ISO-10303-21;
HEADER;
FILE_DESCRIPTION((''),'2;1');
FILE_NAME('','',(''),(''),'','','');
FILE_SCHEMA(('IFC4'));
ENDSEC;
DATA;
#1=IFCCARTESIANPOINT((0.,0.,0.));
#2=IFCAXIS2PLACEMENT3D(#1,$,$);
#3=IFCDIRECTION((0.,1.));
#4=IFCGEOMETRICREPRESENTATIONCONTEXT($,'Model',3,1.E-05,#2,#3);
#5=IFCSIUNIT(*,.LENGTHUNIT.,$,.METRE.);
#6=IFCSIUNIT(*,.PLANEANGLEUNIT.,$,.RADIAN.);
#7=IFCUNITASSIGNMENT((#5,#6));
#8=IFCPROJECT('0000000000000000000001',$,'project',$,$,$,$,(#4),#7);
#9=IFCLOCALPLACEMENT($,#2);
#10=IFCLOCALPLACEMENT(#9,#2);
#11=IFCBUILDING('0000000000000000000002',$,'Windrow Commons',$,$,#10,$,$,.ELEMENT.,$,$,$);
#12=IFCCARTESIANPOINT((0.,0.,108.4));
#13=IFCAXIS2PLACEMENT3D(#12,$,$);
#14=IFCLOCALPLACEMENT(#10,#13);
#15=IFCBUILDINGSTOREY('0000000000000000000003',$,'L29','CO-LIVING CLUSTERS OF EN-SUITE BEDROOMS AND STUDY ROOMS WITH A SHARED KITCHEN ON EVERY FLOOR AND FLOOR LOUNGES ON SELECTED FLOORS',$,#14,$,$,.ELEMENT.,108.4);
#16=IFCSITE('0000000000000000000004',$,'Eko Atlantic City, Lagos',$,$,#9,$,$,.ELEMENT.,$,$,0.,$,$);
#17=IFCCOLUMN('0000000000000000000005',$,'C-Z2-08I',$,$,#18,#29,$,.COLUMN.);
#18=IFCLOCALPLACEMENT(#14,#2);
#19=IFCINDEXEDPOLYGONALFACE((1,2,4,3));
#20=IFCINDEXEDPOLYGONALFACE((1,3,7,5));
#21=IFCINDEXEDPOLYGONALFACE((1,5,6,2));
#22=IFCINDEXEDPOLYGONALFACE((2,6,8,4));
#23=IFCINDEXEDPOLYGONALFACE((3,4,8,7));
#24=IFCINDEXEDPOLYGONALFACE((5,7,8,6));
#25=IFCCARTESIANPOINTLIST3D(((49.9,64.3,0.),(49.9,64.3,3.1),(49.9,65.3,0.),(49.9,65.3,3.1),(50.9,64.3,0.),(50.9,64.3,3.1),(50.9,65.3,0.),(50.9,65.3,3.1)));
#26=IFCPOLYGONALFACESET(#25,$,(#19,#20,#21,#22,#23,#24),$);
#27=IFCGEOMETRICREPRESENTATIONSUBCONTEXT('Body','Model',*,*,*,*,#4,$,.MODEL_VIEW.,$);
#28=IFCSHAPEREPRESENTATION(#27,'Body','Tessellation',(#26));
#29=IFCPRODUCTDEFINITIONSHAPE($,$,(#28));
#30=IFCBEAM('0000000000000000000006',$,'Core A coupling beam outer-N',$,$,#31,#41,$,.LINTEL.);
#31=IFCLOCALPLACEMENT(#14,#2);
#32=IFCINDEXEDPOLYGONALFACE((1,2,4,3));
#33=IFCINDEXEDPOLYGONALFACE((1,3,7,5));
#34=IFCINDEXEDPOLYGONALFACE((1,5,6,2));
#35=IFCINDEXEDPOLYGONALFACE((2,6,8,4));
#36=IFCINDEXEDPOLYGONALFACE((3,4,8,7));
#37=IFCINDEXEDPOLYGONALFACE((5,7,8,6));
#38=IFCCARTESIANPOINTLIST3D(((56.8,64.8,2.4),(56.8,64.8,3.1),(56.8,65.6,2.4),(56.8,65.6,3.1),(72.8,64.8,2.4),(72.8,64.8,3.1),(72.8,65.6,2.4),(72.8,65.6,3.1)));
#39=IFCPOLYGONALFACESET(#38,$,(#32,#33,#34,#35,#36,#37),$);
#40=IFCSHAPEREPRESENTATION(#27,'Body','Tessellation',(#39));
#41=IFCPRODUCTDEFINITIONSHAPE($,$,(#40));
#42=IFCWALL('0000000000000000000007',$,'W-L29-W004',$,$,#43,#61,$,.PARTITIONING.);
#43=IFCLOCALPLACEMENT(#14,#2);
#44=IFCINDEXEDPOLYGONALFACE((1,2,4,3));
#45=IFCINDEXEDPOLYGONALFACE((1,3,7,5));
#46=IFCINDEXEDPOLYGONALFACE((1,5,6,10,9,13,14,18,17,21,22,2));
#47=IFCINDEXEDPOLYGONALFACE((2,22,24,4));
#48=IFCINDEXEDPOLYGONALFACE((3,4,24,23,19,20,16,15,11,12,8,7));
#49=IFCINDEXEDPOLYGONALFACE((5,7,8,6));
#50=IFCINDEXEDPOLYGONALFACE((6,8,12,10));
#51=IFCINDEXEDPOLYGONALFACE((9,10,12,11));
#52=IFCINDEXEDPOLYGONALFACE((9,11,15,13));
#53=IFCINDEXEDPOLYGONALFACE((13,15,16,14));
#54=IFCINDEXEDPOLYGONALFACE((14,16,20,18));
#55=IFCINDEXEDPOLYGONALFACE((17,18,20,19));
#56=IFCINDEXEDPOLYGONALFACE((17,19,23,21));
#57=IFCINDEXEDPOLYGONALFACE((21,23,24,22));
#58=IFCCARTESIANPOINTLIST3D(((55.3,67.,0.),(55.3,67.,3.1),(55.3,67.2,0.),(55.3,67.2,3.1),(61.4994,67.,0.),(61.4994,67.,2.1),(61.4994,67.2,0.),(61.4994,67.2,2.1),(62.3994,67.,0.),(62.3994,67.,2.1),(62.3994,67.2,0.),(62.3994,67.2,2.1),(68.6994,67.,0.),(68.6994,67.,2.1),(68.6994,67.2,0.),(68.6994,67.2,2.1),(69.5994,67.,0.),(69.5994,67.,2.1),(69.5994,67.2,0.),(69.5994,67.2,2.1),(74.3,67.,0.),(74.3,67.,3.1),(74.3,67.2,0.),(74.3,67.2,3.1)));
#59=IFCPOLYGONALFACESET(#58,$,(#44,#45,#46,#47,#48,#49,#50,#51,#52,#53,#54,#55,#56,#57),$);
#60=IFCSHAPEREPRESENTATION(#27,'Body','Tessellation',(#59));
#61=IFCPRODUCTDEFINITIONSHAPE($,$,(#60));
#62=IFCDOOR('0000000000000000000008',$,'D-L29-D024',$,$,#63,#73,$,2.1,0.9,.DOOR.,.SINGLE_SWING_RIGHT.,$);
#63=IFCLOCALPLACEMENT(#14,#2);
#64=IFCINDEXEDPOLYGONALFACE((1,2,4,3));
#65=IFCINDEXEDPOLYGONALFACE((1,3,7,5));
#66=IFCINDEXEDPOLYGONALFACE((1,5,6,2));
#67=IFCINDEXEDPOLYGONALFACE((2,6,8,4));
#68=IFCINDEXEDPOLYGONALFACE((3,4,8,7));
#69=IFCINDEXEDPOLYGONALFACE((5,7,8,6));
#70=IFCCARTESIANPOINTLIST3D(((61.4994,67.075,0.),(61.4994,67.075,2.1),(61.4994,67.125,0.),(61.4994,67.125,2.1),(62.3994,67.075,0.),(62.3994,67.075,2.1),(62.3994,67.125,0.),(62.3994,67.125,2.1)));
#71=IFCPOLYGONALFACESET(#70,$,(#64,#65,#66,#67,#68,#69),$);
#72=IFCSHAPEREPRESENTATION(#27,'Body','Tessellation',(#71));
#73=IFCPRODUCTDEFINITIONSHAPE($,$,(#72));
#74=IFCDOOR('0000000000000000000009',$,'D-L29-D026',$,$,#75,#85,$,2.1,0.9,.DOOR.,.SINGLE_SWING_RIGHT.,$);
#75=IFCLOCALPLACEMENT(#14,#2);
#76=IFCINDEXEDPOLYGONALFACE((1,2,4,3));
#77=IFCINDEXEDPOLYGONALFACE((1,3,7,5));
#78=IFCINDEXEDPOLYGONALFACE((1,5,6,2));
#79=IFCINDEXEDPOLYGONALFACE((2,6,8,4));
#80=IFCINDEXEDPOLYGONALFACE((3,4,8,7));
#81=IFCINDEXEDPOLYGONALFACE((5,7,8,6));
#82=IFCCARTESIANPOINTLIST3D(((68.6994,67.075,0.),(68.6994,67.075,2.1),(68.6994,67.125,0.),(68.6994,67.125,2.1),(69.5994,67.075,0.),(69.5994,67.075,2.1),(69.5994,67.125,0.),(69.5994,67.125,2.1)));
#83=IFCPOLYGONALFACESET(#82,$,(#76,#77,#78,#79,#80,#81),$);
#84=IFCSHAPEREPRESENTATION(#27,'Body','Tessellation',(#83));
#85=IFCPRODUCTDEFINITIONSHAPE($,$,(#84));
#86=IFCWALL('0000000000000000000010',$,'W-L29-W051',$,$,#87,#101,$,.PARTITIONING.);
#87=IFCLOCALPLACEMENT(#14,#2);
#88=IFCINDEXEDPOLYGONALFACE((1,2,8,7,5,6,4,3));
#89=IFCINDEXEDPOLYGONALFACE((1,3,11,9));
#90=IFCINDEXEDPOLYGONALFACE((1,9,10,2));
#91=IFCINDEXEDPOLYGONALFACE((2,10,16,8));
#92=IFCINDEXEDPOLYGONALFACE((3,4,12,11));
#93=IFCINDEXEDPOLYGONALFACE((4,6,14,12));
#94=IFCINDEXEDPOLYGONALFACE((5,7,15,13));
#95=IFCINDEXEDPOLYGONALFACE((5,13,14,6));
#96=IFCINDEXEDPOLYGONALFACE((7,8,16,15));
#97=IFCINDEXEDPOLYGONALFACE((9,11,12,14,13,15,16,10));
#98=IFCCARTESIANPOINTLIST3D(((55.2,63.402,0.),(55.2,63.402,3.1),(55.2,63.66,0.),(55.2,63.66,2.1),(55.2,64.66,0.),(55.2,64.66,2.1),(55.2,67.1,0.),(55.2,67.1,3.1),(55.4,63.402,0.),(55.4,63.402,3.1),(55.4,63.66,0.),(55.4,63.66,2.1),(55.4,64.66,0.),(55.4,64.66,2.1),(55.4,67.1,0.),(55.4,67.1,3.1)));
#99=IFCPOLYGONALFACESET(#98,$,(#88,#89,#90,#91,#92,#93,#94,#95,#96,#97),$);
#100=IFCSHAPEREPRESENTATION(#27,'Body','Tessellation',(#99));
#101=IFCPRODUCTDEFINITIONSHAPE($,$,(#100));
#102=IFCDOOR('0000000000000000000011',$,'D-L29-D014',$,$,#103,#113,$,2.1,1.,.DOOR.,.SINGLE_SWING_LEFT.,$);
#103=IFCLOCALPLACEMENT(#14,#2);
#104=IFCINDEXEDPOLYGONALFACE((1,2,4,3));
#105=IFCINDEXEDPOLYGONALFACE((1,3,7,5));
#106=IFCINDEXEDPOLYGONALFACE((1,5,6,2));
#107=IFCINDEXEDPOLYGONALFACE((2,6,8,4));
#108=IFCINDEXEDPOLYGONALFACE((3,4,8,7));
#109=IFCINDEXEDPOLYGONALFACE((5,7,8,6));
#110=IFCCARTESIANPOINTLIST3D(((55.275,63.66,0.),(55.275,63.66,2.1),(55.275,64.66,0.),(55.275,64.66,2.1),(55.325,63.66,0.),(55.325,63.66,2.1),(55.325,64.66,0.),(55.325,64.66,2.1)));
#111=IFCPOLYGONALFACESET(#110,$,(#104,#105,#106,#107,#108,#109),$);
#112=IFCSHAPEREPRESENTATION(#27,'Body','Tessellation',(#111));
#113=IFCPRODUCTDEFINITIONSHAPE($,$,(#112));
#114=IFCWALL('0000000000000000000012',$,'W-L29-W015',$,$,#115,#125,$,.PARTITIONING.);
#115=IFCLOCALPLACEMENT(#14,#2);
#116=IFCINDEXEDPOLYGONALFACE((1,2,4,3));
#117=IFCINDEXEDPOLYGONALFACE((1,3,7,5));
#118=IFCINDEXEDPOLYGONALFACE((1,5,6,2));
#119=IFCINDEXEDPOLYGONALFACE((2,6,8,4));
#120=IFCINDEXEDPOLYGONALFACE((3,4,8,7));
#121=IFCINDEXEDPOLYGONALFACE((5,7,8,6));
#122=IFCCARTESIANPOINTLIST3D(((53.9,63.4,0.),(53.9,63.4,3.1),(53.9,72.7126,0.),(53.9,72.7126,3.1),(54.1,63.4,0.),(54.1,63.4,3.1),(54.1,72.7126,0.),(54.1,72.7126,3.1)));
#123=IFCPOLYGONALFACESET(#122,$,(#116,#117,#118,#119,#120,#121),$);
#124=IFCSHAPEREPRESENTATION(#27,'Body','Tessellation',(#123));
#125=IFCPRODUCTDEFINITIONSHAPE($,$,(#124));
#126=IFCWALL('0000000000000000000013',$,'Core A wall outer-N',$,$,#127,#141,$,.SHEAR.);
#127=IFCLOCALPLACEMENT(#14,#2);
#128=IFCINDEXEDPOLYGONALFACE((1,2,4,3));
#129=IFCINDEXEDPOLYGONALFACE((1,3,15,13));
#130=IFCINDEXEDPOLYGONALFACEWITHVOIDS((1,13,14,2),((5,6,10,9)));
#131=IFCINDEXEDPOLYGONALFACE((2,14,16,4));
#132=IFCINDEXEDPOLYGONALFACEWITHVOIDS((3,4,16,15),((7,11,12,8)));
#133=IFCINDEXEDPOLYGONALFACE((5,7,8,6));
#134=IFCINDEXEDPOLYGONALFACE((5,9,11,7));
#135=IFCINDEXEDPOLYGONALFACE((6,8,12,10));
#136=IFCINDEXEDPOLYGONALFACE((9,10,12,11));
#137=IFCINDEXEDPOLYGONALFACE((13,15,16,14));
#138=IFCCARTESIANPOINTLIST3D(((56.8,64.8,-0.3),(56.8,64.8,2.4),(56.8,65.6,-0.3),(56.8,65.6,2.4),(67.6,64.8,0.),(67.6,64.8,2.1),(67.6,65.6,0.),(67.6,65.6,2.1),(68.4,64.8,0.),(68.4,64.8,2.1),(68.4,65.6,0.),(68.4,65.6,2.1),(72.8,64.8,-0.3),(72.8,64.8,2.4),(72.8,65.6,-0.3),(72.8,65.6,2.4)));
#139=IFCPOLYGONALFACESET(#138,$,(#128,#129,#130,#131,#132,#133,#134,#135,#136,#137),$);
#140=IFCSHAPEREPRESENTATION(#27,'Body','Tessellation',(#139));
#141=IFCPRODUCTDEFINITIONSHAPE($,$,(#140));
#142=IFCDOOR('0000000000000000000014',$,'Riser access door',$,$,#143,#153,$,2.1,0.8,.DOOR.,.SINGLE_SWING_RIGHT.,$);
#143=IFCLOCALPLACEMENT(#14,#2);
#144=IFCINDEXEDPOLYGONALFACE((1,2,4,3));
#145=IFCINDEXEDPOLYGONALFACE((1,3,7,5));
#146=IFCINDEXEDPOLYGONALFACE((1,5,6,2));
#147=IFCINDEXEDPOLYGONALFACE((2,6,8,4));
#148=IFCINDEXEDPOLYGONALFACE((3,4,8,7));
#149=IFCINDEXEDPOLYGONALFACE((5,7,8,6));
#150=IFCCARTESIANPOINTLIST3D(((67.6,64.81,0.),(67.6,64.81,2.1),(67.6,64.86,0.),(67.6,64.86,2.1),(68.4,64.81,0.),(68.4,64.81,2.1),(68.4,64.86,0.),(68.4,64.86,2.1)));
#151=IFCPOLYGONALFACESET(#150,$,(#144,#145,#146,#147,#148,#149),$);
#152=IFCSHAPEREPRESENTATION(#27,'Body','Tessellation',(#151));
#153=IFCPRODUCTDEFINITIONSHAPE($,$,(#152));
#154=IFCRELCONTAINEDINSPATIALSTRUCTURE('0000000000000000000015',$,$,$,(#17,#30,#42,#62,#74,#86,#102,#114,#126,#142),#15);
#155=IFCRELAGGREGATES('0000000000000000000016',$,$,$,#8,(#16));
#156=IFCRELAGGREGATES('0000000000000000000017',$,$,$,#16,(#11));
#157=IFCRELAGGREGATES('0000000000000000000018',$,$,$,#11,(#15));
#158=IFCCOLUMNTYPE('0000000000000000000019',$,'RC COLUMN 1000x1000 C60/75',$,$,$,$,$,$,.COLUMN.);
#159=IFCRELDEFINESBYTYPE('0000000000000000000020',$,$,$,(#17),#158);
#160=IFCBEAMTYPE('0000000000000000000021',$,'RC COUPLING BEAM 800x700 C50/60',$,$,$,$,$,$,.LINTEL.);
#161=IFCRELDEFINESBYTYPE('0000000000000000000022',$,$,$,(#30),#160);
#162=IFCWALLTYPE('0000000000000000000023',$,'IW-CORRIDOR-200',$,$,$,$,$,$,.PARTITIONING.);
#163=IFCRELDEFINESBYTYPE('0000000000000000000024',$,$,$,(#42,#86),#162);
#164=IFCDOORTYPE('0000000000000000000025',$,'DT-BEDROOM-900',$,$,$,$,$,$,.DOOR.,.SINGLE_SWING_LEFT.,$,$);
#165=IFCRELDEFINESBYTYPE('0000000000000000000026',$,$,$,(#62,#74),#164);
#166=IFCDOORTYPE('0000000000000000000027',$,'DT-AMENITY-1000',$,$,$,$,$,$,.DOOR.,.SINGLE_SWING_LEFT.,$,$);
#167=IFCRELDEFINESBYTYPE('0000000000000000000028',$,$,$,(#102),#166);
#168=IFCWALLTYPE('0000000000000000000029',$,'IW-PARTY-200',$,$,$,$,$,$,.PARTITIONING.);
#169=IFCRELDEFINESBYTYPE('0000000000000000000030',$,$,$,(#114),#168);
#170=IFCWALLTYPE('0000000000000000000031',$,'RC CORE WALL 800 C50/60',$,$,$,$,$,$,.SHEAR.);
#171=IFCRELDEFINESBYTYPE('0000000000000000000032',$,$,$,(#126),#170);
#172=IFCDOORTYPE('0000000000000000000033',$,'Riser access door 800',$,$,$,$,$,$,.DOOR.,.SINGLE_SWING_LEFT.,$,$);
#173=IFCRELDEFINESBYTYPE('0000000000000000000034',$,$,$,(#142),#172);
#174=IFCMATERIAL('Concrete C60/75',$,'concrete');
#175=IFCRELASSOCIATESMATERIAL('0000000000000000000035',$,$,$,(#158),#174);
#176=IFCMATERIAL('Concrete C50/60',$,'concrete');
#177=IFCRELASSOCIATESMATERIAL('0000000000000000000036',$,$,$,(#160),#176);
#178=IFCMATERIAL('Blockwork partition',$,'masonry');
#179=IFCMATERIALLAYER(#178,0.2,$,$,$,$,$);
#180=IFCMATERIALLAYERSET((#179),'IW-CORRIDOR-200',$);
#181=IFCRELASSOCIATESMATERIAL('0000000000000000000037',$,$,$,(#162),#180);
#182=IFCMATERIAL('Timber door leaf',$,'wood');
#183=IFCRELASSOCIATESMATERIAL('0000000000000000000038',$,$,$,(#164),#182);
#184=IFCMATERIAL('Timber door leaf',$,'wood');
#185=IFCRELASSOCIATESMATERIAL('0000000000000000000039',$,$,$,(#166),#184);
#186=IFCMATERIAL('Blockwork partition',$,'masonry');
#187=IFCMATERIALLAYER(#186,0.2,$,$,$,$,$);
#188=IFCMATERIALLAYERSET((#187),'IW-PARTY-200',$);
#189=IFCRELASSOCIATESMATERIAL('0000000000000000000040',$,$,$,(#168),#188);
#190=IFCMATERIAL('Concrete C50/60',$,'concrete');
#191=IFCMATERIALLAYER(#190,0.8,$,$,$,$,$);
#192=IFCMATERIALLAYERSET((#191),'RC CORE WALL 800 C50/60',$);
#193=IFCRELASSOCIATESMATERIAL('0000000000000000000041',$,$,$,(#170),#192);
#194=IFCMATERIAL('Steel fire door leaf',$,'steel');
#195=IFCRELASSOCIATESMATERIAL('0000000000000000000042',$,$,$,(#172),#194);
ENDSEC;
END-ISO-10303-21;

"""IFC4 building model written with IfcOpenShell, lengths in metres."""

from ifc_helpers import new_model, si_unit, direction, frame, frame_2d, origin, origin_2d, place, context, subcontext, project, spatial, rectangle, extrude, material, layer, layer_set, material_profile, profile_set, type_object, element, fill, save


model = new_model("IFC4")

# Units and contexts
model_context = context("Model", 3, precision=1e-05, world=origin(), true_north=direction((0.0, 1.0)))
body_context = subcontext(model_context, "Body", "Model", "MODEL_VIEW")
ifc_project = project(units=[si_unit("LENGTHUNIT", "METRE"), si_unit("PLANEANGLEUNIT", "RADIAN")], contexts=[model_context])

# Site, building, storey
site_placement = place(None, origin())
site = spatial("IfcSite", under=ifc_project, at=site_placement, Name="Eko Atlantic City, Lagos", CompositionType="ELEMENT", RefElevation=0.0)
building_placement = place(site_placement, origin())
building = spatial("IfcBuilding", under=site, at=building_placement, Name="Windrow Commons", CompositionType="ELEMENT")
storey_placement = place(building_placement, frame((0.0, 0.0, 108.4)))
storey = spatial("IfcBuildingStorey", under=building, at=storey_placement, Name="L29", Description="CO-LIVING CLUSTERS OF EN-SUITE BEDROOMS AND STUDY ROOMS WITH A SHARED KITCHEN ON EVERY FLOOR AND FLOOR LOUNGES ON SELECTED FLOORS", CompositionType="ELEMENT", Elevation=108.4)

# Column
ifc_material_1 = material(Name="Concrete C60/75", Category="concrete")
ifc_material_profile_1 = material_profile(ifc_material_1, rectangle(XDim=1.0, YDim=1.0, at=origin_2d()))
ifc_profile_set_1 = profile_set([ifc_material_profile_1], Name="Concrete C60/75")
column_type = type_object("IfcColumnType", Name="RC COLUMN 1000x1000 C60/75", PredefinedType="COLUMN", material=ifc_profile_set_1)
column_placement = place(storey_placement, frame((50.4, 64.8, 0.0), z_axis=(0.0, 0.0, 1.0), x_axis=(1.0, 0.0, 0.0)))
element("IfcColumn", 1, at=column_placement, inside=storey, type_object=column_type, Name="C-Z2-08I", PredefinedType="COLUMN", context=body_context, shape_type="SweptSolid", body=[
    extrude(rectangle(XDim=1.0, YDim=1.0, at=origin_2d()), origin(), (0.0, 0.0, 1.0), 3.1),
])

# Beam
ifc_material_2 = material(Name="Concrete C50/60", Category="concrete")
ifc_material_profile_2 = material_profile(ifc_material_2, rectangle(XDim=0.8, YDim=0.7, at=origin_2d()))
ifc_profile_set_2 = profile_set([ifc_material_profile_2], Name="Concrete C50/60")
beam_type = type_object("IfcBeamType", Name="RC COUPLING BEAM 800x700 C50/60", PredefinedType="LINTEL", material=ifc_profile_set_2)
beam_placement = place(storey_placement, frame((56.8, 65.2, 2.75), z_axis=(1.0, 0.0, 0.0), x_axis=(0.0, 1.0, 0.0)))
element("IfcBeam", 2, at=beam_placement, inside=storey, type_object=beam_type, Name="Core A coupling beam outer-N", PredefinedType="LINTEL", context=body_context, shape_type="SweptSolid", body=[
    extrude(rectangle(XDim=0.8, YDim=0.7, at=origin_2d()), origin(), (0.0, 0.0, 1.0), 16.0),
])

# Wall, openings, doors
ifc_material_3 = material(Name="Blockwork partition", Category="masonry")
ifc_layer_1 = layer(ifc_material_3, 0.2)
ifc_layer_set_1 = layer_set([ifc_layer_1], Name="IW-CORRIDOR-200")
wall_type_1 = type_object("IfcWallType", Name="IW-CORRIDOR-200", PredefinedType="PARTITIONING", material=ifc_layer_set_1)
wall_1_placement = place(storey_placement, frame((55.3, 67.1, 0.0), z_axis=(0.0, 0.0, 1.0), x_axis=(1.0, 0.0, 0.0)))
wall_1 = element("IfcWall", 3, at=wall_1_placement, inside=storey, type_object=wall_type_1, Name="W-L29-W004", PredefinedType="PARTITIONING", context=body_context, shape_type="SweptSolid", body=[
    extrude(rectangle(XDim=19.0, YDim=0.2, at=frame_2d((9.5, 0.0))), origin(), (0.0, 0.0, 1.0), 3.1),
])
opening_1_placement = place(wall_1_placement, frame((6.1994, 0.0, 0.0)))
opening_1 = element("IfcOpeningElement", 4, at=opening_1_placement, cuts=wall_1, PredefinedType="OPENING", context=body_context, shape_type="SweptSolid", body=[
    extrude(rectangle(XDim=0.9, YDim=2.1, at=frame_2d((0.45, 1.05))), frame((0.0, 0.11, 0.0), z_axis=(0.0, -1.0, 0.0), x_axis=(1.0, 0.0, 0.0)), (0.0, 0.0, 1.0), 0.22),
])
opening_2_placement = place(wall_1_placement, frame((13.3994, 0.0, 0.0)))
opening_2 = element("IfcOpeningElement", 5, at=opening_2_placement, cuts=wall_1, PredefinedType="OPENING", context=body_context, shape_type="SweptSolid", body=[
    extrude(rectangle(XDim=0.9, YDim=2.1, at=frame_2d((0.45, 1.05))), frame((0.0, 0.11, 0.0), z_axis=(0.0, -1.0, 0.0), x_axis=(1.0, 0.0, 0.0)), (0.0, 0.0, 1.0), 0.22),
])
ifc_material_4 = material(Name="Timber door leaf", Category="wood")
door_type_1 = type_object("IfcDoorType", Name="DT-BEDROOM-900", OperationType="SINGLE_SWING_LEFT", PredefinedType="DOOR", material=ifc_material_4)
door_1_placement = place(opening_1_placement, origin())
door_1 = element("IfcDoor", 6, at=door_1_placement, inside=storey, type_object=door_type_1, Name="D-L29-D024", OperationType="SINGLE_SWING_RIGHT", OverallHeight=2.1, OverallWidth=0.9, PredefinedType="DOOR", context=body_context, shape_type="SweptSolid", body=[
    extrude(rectangle(XDim=0.9, YDim=2.1, at=frame_2d((0.45, 1.05))), frame((0.0, 0.025, 0.0), z_axis=(0.0, -1.0, 0.0), x_axis=(1.0, 0.0, 0.0)), (0.0, 0.0, 1.0), 0.05),
])
fill(opening_1, door_1)
door_2_placement = place(opening_2_placement, origin())
door_2 = element("IfcDoor", 7, at=door_2_placement, inside=storey, type_object=door_type_1, Name="D-L29-D026", OperationType="SINGLE_SWING_RIGHT", OverallHeight=2.1, OverallWidth=0.9, PredefinedType="DOOR", context=body_context, shape_type="SweptSolid", body=[
    extrude(rectangle(XDim=0.9, YDim=2.1, at=frame_2d((0.45, 1.05))), frame((0.0, 0.025, 0.0), z_axis=(0.0, -1.0, 0.0), x_axis=(1.0, 0.0, 0.0)), (0.0, 0.0, 1.0), 0.05),
])
fill(opening_2, door_2)

# Wall, opening, door
wall_2_placement = place(storey_placement, frame((55.3, 63.402, 0.0), z_axis=(0.0, 0.0, 1.0), x_axis=(0.0, 1.0, 0.0)))
wall_2 = element("IfcWall", 8, at=wall_2_placement, inside=storey, type_object=wall_type_1, Name="W-L29-W051", PredefinedType="PARTITIONING", context=body_context, shape_type="SweptSolid", body=[
    extrude(rectangle(XDim=3.698, YDim=0.2, at=frame_2d((1.849, 0.0))), origin(), (0.0, 0.0, 1.0), 3.1),
])
opening_3_placement = place(wall_2_placement, frame((0.258, 0.0, 0.0)))
opening_3 = element("IfcOpeningElement", 9, at=opening_3_placement, cuts=wall_2, PredefinedType="OPENING", context=body_context, shape_type="SweptSolid", body=[
    extrude(rectangle(XDim=1.0, YDim=2.1, at=frame_2d((0.5, 1.05))), frame((0.0, 0.11, 0.0), z_axis=(0.0, -1.0, 0.0), x_axis=(1.0, 0.0, 0.0)), (0.0, 0.0, 1.0), 0.22),
])
ifc_material_5 = material(Name="Timber door leaf", Category="wood")
door_type_2 = type_object("IfcDoorType", Name="DT-AMENITY-1000", OperationType="SINGLE_SWING_LEFT", PredefinedType="DOOR", material=ifc_material_5)
door_3_placement = place(opening_3_placement, origin())
door_3 = element("IfcDoor", 10, at=door_3_placement, inside=storey, type_object=door_type_2, Name="D-L29-D014", OperationType="SINGLE_SWING_LEFT", OverallHeight=2.1, OverallWidth=1.0, PredefinedType="DOOR", context=body_context, shape_type="SweptSolid", body=[
    extrude(rectangle(XDim=1.0, YDim=2.1, at=frame_2d((0.5, 1.05))), frame((0.0, 0.025, 0.0), z_axis=(0.0, -1.0, 0.0), x_axis=(1.0, 0.0, 0.0)), (0.0, 0.0, 1.0), 0.05),
])
fill(opening_3, door_3)

# Wall
ifc_material_6 = material(Name="Blockwork partition", Category="masonry")
ifc_layer_2 = layer(ifc_material_6, 0.2)
ifc_layer_set_2 = layer_set([ifc_layer_2], Name="IW-PARTY-200")
wall_type_2 = type_object("IfcWallType", Name="IW-PARTY-200", PredefinedType="PARTITIONING", material=ifc_layer_set_2)
wall_3_placement = place(storey_placement, frame((54.0, 63.4, 0.0), z_axis=(0.0, 0.0, 1.0), x_axis=(0.0, 1.0, 0.0)))
element("IfcWall", 11, at=wall_3_placement, inside=storey, type_object=wall_type_2, Name="W-L29-W015", PredefinedType="PARTITIONING", context=body_context, shape_type="SweptSolid", body=[
    extrude(rectangle(XDim=9.3126, YDim=0.2, at=frame_2d((4.6563, 0.0))), origin(), (0.0, 0.0, 1.0), 3.1),
])

# Wall, opening, door
ifc_material_7 = material(Name="Concrete C50/60", Category="concrete")
ifc_layer_3 = layer(ifc_material_7, 0.8)
ifc_layer_set_3 = layer_set([ifc_layer_3], Name="RC CORE WALL 800 C50/60")
wall_type_3 = type_object("IfcWallType", Name="RC CORE WALL 800 C50/60", PredefinedType="SHEAR", material=ifc_layer_set_3)
wall_4_placement = place(storey_placement, frame((56.8, 65.2, -0.3), z_axis=(0.0, 0.0, 1.0), x_axis=(1.0, 0.0, 0.0)))
wall_4 = element("IfcWall", 12, at=wall_4_placement, inside=storey, type_object=wall_type_3, Name="Core A wall outer-N", PredefinedType="SHEAR", context=body_context, shape_type="SweptSolid", body=[
    extrude(rectangle(XDim=16.0, YDim=0.8, at=frame_2d((8.0, 0.0))), origin(), (0.0, 0.0, 1.0), 2.7),
])
opening_4_placement = place(wall_4_placement, frame((10.8, 0.0, 0.3)))
opening_4 = element("IfcOpeningElement", 13, at=opening_4_placement, cuts=wall_4, PredefinedType="OPENING", context=body_context, shape_type="SweptSolid", body=[
    extrude(rectangle(XDim=0.8, YDim=2.1, at=frame_2d((0.4, 1.05))), frame((0.0, 0.41, 0.0), z_axis=(0.0, -1.0, 0.0), x_axis=(1.0, 0.0, 0.0)), (0.0, 0.0, 1.0), 0.82),
])
ifc_material_8 = material(Name="Steel fire door leaf", Category="steel")
door_type_3 = type_object("IfcDoorType", Name="Riser access door 800", OperationType="SINGLE_SWING_LEFT", PredefinedType="DOOR", material=ifc_material_8)
door_4_placement = place(opening_4_placement, origin())
door_4 = element("IfcDoor", 14, at=door_4_placement, inside=storey, type_object=door_type_3, Name="Riser access door", OperationType="SINGLE_SWING_RIGHT", OverallHeight=2.1, OverallWidth=0.8, PredefinedType="DOOR", context=body_context, shape_type="SweptSolid", body=[
    extrude(rectangle(XDim=0.8, YDim=2.1, at=frame_2d((0.4, 1.05))), frame((0.0, -0.34, 0.0), z_axis=(0.0, -1.0, 0.0), x_axis=(1.0, 0.0, 0.0)), (0.0, 0.0, 1.0), 0.05),
])
fill(opening_4, door_4)

save(model, "model.ifc")
